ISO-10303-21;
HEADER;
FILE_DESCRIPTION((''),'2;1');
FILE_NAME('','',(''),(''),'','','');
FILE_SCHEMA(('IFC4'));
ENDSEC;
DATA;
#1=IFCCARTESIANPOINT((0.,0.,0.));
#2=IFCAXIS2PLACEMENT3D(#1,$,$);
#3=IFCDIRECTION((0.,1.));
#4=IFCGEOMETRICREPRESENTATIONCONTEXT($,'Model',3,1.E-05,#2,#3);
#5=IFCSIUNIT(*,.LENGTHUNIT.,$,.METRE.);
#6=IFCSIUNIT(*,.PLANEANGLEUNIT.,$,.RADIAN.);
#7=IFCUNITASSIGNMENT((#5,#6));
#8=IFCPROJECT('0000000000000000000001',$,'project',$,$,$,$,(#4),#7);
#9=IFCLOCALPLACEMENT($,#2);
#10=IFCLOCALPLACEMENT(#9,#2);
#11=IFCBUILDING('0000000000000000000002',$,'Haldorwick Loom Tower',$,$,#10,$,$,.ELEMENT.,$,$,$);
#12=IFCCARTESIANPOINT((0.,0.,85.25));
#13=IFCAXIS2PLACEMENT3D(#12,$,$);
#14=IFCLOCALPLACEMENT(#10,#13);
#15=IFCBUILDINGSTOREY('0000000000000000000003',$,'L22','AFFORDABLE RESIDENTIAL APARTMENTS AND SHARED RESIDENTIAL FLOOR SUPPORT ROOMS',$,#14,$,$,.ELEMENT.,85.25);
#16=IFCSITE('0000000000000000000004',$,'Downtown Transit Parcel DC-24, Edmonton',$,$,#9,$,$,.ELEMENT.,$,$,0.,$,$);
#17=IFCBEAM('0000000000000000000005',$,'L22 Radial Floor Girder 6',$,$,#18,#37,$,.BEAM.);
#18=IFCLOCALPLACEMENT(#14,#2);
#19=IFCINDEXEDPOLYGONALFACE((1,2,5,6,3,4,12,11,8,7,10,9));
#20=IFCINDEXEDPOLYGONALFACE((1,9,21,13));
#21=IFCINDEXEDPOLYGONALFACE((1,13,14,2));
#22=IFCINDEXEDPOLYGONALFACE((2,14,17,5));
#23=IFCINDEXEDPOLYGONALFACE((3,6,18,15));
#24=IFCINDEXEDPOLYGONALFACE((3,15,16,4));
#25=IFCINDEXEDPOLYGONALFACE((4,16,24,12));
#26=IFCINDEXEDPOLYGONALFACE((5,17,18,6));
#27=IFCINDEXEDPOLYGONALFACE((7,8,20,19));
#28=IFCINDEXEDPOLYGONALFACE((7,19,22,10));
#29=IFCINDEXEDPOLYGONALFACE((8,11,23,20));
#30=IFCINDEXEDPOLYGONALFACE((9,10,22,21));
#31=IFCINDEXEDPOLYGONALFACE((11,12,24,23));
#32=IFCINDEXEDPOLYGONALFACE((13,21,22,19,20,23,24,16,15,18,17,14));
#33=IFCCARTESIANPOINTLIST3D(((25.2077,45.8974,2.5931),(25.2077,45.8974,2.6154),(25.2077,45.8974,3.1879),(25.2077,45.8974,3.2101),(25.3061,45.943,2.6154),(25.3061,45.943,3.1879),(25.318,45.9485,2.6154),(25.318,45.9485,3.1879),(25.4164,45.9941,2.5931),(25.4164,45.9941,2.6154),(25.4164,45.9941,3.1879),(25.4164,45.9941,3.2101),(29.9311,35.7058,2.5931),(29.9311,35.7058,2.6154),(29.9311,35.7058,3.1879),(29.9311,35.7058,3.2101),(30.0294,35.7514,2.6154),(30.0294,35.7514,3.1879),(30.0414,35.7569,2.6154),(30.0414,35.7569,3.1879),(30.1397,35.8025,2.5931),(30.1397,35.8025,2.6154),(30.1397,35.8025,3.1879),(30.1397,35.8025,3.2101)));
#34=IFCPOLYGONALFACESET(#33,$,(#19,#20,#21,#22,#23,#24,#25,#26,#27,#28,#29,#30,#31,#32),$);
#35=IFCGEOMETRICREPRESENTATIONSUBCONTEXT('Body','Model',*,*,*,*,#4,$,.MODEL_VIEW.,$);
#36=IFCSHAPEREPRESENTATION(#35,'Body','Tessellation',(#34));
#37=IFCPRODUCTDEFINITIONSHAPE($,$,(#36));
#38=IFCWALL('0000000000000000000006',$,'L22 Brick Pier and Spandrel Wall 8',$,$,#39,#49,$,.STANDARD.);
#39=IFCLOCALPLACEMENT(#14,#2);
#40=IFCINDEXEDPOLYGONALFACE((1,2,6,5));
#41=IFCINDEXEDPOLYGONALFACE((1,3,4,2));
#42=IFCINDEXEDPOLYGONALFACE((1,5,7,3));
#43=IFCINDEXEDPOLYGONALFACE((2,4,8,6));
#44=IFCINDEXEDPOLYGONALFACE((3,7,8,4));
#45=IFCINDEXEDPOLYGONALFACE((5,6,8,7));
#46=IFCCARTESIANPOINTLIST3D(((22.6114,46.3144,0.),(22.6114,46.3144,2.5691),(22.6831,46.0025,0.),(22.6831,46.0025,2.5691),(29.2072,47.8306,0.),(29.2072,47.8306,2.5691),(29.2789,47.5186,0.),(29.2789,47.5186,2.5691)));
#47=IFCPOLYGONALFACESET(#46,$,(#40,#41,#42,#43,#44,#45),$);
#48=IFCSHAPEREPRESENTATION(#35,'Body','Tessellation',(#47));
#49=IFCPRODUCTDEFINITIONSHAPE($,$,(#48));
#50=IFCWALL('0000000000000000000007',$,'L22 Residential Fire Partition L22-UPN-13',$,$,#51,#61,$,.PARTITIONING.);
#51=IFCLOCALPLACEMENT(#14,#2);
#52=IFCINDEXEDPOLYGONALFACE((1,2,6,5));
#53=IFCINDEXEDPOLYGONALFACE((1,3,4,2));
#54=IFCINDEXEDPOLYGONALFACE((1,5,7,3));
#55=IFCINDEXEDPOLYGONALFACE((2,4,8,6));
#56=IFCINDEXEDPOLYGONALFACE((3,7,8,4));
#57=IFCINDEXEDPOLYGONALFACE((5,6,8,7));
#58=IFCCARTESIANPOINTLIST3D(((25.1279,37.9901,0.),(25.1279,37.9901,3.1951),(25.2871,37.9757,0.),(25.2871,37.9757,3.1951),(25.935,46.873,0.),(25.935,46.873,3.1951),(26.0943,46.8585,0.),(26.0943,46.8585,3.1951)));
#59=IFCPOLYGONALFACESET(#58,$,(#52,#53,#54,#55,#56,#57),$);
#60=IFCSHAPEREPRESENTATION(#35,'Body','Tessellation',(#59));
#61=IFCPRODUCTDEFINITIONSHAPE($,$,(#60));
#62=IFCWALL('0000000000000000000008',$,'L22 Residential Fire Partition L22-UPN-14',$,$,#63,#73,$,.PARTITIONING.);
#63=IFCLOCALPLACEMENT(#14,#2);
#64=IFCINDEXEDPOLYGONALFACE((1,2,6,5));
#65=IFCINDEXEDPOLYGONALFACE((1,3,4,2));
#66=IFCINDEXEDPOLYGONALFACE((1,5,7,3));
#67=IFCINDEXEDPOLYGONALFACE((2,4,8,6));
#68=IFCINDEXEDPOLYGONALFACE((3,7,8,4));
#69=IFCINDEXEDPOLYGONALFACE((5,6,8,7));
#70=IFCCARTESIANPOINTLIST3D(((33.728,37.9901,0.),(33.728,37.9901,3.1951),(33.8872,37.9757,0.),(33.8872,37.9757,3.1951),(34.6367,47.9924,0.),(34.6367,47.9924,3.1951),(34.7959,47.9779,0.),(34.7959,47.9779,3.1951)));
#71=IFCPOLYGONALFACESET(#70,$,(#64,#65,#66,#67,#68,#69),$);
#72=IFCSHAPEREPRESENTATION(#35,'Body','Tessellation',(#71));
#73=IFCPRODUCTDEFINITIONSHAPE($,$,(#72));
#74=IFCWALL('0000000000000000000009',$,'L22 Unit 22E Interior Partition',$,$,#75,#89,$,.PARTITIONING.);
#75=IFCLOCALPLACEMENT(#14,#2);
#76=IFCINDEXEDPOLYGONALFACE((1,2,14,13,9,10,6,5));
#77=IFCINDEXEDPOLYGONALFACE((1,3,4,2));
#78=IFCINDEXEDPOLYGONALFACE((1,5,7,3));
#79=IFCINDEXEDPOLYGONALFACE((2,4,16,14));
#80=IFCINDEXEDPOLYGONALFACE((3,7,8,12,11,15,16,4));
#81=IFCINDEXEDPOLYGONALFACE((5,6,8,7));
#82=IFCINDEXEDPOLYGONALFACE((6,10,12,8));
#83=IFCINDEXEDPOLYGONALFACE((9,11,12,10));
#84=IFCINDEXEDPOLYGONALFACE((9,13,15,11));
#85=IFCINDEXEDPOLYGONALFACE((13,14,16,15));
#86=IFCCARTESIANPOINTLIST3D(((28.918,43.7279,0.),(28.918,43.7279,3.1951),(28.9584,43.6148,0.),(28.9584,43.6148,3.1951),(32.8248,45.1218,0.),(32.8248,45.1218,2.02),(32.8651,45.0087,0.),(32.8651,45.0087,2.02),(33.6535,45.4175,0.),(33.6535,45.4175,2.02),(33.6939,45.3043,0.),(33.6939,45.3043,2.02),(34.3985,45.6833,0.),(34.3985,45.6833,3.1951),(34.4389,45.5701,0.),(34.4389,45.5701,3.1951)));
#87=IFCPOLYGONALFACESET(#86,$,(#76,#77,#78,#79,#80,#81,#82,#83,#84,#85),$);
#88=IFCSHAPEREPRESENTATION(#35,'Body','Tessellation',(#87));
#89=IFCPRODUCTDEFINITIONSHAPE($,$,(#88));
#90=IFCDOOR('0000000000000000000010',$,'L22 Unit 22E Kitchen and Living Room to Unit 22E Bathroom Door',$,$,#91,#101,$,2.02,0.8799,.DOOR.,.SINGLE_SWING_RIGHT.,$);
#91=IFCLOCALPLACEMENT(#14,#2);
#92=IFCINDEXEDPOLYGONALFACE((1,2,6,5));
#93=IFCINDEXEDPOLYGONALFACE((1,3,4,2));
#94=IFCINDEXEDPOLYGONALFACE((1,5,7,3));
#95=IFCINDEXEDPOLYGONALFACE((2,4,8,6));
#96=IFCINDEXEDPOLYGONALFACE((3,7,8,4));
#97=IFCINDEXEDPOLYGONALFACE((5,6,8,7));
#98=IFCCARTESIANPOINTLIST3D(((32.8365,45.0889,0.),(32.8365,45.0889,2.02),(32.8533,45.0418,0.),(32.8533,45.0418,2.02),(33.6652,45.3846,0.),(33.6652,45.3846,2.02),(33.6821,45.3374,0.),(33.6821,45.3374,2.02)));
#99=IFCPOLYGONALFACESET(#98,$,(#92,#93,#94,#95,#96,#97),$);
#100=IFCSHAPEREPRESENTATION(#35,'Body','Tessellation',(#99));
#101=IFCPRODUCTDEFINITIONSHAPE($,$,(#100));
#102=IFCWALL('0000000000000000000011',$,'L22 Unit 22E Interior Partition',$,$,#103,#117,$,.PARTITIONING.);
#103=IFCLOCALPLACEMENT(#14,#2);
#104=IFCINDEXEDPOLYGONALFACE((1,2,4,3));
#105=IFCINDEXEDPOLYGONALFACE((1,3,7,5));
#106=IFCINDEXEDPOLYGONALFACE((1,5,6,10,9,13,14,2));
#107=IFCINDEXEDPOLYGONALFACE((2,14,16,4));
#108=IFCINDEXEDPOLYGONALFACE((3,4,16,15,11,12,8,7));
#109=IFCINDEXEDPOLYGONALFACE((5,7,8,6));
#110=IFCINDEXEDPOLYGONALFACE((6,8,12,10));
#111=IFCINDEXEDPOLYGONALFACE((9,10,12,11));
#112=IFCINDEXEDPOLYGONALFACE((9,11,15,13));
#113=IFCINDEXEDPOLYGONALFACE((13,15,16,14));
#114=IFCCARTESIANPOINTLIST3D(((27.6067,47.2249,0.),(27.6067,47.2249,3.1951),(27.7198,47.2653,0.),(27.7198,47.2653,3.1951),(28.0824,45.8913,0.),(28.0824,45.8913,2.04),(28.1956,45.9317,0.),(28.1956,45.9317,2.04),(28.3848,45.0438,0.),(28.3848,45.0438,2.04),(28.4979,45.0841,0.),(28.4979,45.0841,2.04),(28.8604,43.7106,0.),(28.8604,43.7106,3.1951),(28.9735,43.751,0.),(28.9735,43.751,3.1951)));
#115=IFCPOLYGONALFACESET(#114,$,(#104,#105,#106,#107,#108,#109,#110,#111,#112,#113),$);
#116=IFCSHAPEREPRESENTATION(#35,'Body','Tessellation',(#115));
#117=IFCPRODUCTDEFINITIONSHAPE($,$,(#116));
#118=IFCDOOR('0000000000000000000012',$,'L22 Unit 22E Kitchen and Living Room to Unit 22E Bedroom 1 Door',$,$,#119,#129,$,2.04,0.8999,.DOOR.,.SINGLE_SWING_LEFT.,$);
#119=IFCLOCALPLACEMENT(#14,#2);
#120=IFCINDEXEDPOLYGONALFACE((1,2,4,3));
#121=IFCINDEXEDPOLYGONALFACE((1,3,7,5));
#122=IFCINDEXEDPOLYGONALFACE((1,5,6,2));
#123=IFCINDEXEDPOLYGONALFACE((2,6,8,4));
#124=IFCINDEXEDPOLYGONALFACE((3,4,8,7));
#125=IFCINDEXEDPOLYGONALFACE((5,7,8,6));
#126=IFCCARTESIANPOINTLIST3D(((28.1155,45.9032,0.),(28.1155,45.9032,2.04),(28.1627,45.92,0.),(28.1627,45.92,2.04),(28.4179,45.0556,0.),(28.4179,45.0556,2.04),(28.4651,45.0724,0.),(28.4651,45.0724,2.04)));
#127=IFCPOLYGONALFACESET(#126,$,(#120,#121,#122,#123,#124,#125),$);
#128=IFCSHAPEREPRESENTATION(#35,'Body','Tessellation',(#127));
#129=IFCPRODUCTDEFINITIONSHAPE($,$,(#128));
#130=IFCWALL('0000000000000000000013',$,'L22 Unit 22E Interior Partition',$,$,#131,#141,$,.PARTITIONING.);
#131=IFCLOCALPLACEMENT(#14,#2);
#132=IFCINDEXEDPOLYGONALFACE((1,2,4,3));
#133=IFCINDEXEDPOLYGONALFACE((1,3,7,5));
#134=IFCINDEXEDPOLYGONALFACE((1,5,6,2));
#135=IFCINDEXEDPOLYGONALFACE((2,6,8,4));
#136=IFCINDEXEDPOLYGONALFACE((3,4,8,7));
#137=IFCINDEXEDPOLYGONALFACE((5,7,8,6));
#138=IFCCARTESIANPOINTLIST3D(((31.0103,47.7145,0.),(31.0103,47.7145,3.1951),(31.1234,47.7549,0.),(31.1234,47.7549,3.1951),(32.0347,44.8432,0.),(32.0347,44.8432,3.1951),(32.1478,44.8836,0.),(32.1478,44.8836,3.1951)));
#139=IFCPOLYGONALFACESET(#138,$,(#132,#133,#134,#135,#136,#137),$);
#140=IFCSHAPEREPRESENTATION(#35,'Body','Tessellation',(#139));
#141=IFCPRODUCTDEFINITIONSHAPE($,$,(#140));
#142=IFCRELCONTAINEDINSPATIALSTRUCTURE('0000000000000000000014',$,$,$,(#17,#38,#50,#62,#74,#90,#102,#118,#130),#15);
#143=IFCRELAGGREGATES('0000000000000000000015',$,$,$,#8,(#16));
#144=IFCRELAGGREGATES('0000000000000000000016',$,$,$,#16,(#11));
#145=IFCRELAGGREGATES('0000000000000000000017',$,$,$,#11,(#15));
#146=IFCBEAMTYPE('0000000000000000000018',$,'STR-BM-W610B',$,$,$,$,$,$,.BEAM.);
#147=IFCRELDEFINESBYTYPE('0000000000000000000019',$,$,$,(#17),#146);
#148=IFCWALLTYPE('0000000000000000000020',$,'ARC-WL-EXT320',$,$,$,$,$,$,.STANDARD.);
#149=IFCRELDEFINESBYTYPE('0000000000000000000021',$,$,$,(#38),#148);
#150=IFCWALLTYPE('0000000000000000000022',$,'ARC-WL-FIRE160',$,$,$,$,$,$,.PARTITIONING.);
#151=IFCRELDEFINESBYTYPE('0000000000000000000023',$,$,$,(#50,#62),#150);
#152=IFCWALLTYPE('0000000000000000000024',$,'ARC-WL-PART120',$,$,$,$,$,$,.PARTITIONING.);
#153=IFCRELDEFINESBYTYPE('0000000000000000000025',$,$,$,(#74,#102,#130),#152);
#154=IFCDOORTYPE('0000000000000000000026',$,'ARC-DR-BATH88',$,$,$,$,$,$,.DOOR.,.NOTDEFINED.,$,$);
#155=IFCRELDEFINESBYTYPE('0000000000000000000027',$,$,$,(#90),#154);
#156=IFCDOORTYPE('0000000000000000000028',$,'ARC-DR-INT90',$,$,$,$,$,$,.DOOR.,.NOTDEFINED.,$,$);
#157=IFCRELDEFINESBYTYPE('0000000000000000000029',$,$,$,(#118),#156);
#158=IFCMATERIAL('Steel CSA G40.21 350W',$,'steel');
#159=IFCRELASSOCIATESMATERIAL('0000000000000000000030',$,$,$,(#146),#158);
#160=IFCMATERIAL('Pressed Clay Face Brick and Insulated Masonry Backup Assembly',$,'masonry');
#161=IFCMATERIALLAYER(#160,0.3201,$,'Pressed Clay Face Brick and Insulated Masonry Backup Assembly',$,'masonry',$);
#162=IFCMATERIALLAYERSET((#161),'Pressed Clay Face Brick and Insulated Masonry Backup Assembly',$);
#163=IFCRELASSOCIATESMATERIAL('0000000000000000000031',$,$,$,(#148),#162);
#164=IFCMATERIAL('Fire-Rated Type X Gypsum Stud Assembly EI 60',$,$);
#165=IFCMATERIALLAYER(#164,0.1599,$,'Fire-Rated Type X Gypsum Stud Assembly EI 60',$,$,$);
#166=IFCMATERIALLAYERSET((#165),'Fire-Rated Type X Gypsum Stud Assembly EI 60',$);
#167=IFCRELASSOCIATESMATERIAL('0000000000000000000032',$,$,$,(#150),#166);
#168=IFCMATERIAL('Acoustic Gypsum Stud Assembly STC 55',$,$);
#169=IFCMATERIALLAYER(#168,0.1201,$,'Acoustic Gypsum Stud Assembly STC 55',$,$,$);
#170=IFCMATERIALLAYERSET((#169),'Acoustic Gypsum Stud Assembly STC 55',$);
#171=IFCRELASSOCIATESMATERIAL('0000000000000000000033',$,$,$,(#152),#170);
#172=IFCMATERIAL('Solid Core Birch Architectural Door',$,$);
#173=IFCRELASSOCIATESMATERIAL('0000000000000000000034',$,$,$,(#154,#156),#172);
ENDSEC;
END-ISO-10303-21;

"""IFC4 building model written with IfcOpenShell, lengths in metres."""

from ifc_helpers import new_model, si_unit, direction, frame, frame_2d, origin, origin_2d, place, context, subcontext, project, spatial, rectangle, i_section, extrude, material, layer, layer_set, material_profile, profile_set, type_object, element, fill, save


model = new_model("IFC4")

# Units and contexts
model_context = context("Model", 3, precision=1e-05, world=origin(), true_north=direction((0.0, 1.0)))
body_context = subcontext(model_context, "Body", "Model", "MODEL_VIEW")
ifc_project = project(units=[si_unit("LENGTHUNIT", "METRE"), si_unit("PLANEANGLEUNIT", "RADIAN")], contexts=[model_context])

# Site, building, storey
site_placement = place(None, origin())
site = spatial("IfcSite", under=ifc_project, at=site_placement, Name="Downtown Transit Parcel DC-24, Edmonton", CompositionType="ELEMENT", RefElevation=0.0)
building_placement = place(site_placement, origin())
building = spatial("IfcBuilding", under=site, at=building_placement, Name="Haldorwick Loom Tower", CompositionType="ELEMENT")
storey_placement = place(building_placement, frame((0.0, 0.0, 85.25)))
storey = spatial("IfcBuildingStorey", under=building, at=storey_placement, Name="L22", Description="AFFORDABLE RESIDENTIAL APARTMENTS AND SHARED RESIDENTIAL FLOOR SUPPORT ROOMS", CompositionType="ELEMENT", Elevation=85.25)

# Beam
ifc_material_1 = material(Name="Steel CSA G40.21 350W", Category="steel")
ifc_material_profile_1 = material_profile(ifc_material_1, i_section(OverallWidth=0.23, OverallDepth=0.6169, WebThickness=0.0132, FlangeThickness=0.0222, at=origin_2d()), Name="W610X140", Category="steel")
ifc_profile_set_1 = profile_set([ifc_material_profile_1], Name="Steel CSA G40.21 350W")
beam_type_1 = type_object("IfcBeamType", Name="STR-BM-W610B", PredefinedType="BEAM", material=ifc_profile_set_1)
beam_1_placement = place(storey_placement, frame((30.0354, 35.7542, 2.9016), z_axis=(-0.420492, 0.907296, 0.0), x_axis=(-0.907296, -0.420492, 0.0)))
element("IfcBeam", 1, at=beam_1_placement, inside=storey, type_object=beam_type_1, Name="L22 Radial Floor Girder 6", PredefinedType="BEAM", context=body_context, shape_type="SweptSolid", body=[
    extrude(i_section(OverallWidth=0.23, OverallDepth=0.6169, WebThickness=0.0132, FlangeThickness=0.0222, at=origin_2d()), origin(), (0.0, 0.0, 1.0), 11.2329),
])

# Walls
ifc_material_2 = material(Name="Pressed Clay Face Brick and Insulated Masonry Backup Assembly", Category="masonry")
ifc_layer_1 = layer(ifc_material_2, 0.3201, Name="Pressed Clay Face Brick and Insulated Masonry Backup Assembly", Category="masonry")
ifc_layer_set_1 = layer_set([ifc_layer_1], Name="Pressed Clay Face Brick and Insulated Masonry Backup Assembly")
wall_type_1 = type_object("IfcWallType", Name="ARC-WL-EXT320", PredefinedType="STANDARD", material=ifc_layer_set_1)
wall_1_placement = place(storey_placement, frame((29.2429, 47.6746, 0.0), z_axis=(0.0, 0.0, 1.0), x_axis=(-0.974584, -0.224022, 0.0)))
element("IfcWall", 2, at=wall_1_placement, inside=storey, type_object=wall_type_1, Name="L22 Brick Pier and Spandrel Wall 8", PredefinedType="STANDARD", context=body_context, shape_type="SweptSolid", body=[
    extrude(rectangle(XDim=6.7678, YDim=0.3201, at=frame_2d((3.3838, 0.0))), origin(), (0.0, 0.0, 1.0), 2.5691),
])
ifc_material_3 = material(Name="Fire-Rated Type X Gypsum Stud Assembly EI 60")
ifc_layer_2 = layer(ifc_material_3, 0.1599, Name="Fire-Rated Type X Gypsum Stud Assembly EI 60")
ifc_layer_set_2 = layer_set([ifc_layer_2], Name="Fire-Rated Type X Gypsum Stud Assembly EI 60")
wall_type_2 = type_object("IfcWallType", Name="ARC-WL-FIRE160", PredefinedType="PARTITIONING", material=ifc_layer_set_2)
wall_2_placement = place(storey_placement, frame((25.2075, 37.9829, 0.0), z_axis=(0.0, 0.0, 1.0), x_axis=(0.090491, 0.995897, 0.0)))
element("IfcWall", 3, at=wall_2_placement, inside=storey, type_object=wall_type_2, Name="L22 Residential Fire Partition L22-UPN-13", PredefinedType="PARTITIONING", context=body_context, shape_type="SweptSolid", body=[
    extrude(rectangle(XDim=8.9194, YDim=0.1599, at=frame_2d((4.4597, 0.0))), origin(), (0.0, 0.0, 1.0), 3.1951),
])
wall_3_placement = place(storey_placement, frame((33.8076, 37.9829, 0.0), z_axis=(0.0, 0.0, 1.0), x_axis=(0.090477, 0.995899, 0.0)))
element("IfcWall", 4, at=wall_3_placement, inside=storey, type_object=wall_type_2, Name="L22 Residential Fire Partition L22-UPN-14", PredefinedType="PARTITIONING", context=body_context, shape_type="SweptSolid", body=[
    extrude(rectangle(XDim=10.0435, YDim=0.1599, at=frame_2d((5.0217, 0.0))), origin(), (0.0, 0.0, 1.0), 3.1951),
])

# Walls, openings, doors
ifc_material_4 = material(Name="Acoustic Gypsum Stud Assembly STC 55")
ifc_layer_3 = layer(ifc_material_4, 0.1201, Name="Acoustic Gypsum Stud Assembly STC 55")
ifc_layer_set_3 = layer_set([ifc_layer_3], Name="Acoustic Gypsum Stud Assembly STC 55")
wall_type_3 = type_object("IfcWallType", Name="ARC-WL-PART120", PredefinedType="PARTITIONING", material=ifc_layer_set_3)
wall_4_placement = place(storey_placement, frame((34.4187, 45.6267, 0.0), z_axis=(0.0, 0.0, 1.0), x_axis=(-0.94185, -0.336033, 0.0)))
wall_4 = element("IfcWall", 5, at=wall_4_placement, inside=storey, type_object=wall_type_3, Name="L22 Unit 22E Interior Partition", PredefinedType="PARTITIONING", context=body_context, shape_type="SweptSolid", body=[
    extrude(rectangle(XDim=5.8188, YDim=0.1201, at=frame_2d((2.9094, 0.0))), origin(), (0.0, 0.0, 1.0), 3.1951),
])
opening_1_placement = place(wall_4_placement, frame((0.791, 0.0, 0.0)))
opening_1 = element("IfcOpeningElement", 6, at=opening_1_placement, cuts=wall_4, PredefinedType="OPENING", context=body_context, shape_type="SweptSolid", body=[
    extrude(rectangle(XDim=0.8799, YDim=2.02, at=frame_2d((0.4399, 1.01))), frame((0.0, 0.0701, 0.0), z_axis=(0.0, -1.0, 0.0), x_axis=(1.0, 0.0, 0.0)), (0.0, 0.0, 1.0), 0.1401),
])
ifc_material_5 = material(Name="Solid Core Birch Architectural Door")
door_type_1 = type_object("IfcDoorType", Name="ARC-DR-BATH88", OperationType="NOTDEFINED", PredefinedType="DOOR", material=ifc_material_5)
door_1_placement = place(opening_1_placement, origin())
door_1 = element("IfcDoor", 7, at=door_1_placement, inside=storey, type_object=door_type_1, Name="L22 Unit 22E Kitchen and Living Room to Unit 22E Bathroom Door", OperationType="SINGLE_SWING_RIGHT", OverallHeight=2.02, OverallWidth=0.8799, PredefinedType="DOOR", context=body_context, shape_type="SweptSolid", body=[
    extrude(rectangle(XDim=0.8799, YDim=2.02, at=frame_2d((0.4399, 1.01))), frame((0.0, 0.0249, 0.0), z_axis=(0.0, -1.0, 0.0), x_axis=(1.0, 0.0, 0.0)), (0.0, 0.0, 1.0), 0.05),
])
fill(opening_1, door_1)
wall_5_placement = place(storey_placement, frame((28.917, 43.7307, 0.0), z_axis=(0.0, 0.0, 1.0), x_axis=(-0.336005, 0.94186, 0.0)))
wall_5 = element("IfcWall", 8, at=wall_5_placement, inside=storey, type_object=wall_type_3, Name="L22 Unit 22E Interior Partition", PredefinedType="PARTITIONING", context=body_context, shape_type="SweptSolid", body=[
    extrude(rectangle(XDim=3.7312, YDim=0.1201, at=frame_2d((1.8657, 0.0))), origin(), (0.0, 0.0, 1.0), 3.1951),
])
opening_2_placement = place(wall_5_placement, frame((1.4155, 0.0, 0.0)))
opening_2 = element("IfcOpeningElement", 9, at=opening_2_placement, cuts=wall_5, PredefinedType="OPENING", context=body_context, shape_type="SweptSolid", body=[
    extrude(rectangle(XDim=0.8999, YDim=2.04, at=frame_2d((0.45, 1.02))), frame((0.0, 0.0701, 0.0), z_axis=(0.0, -1.0, 0.0), x_axis=(1.0, 0.0, 0.0)), (0.0, 0.0, 1.0), 0.1401),
])
door_type_2 = type_object("IfcDoorType", Name="ARC-DR-INT90", OperationType="NOTDEFINED", PredefinedType="DOOR", material=ifc_material_5)
door_2_placement = place(opening_2_placement, origin())
door_2 = element("IfcDoor", 10, at=door_2_placement, inside=storey, type_object=door_type_2, Name="L22 Unit 22E Kitchen and Living Room to Unit 22E Bedroom 1 Door", OperationType="SINGLE_SWING_LEFT", OverallHeight=2.04, OverallWidth=0.8999, PredefinedType="DOOR", context=body_context, shape_type="SweptSolid", body=[
    extrude(rectangle(XDim=0.8999, YDim=2.04, at=frame_2d((0.45, 1.02))), frame((0.0, 0.0249, 0.0), z_axis=(0.0, -1.0, 0.0), x_axis=(1.0, 0.0, 0.0)), (0.0, 0.0, 1.0), 0.05),
])
fill(opening_2, door_2)

# Wall
wall_6_placement = place(storey_placement, frame((32.0913, 44.8633, 0.0), z_axis=(0.0, 0.0, 1.0), x_axis=(-0.336027, 0.941852, 0.0)))
element("IfcWall", 11, at=wall_6_placement, inside=storey, type_object=wall_type_3, Name="L22 Unit 22E Interior Partition", PredefinedType="PARTITIONING", context=body_context, shape_type="SweptSolid", body=[
    extrude(rectangle(XDim=3.0486, YDim=0.1201, at=frame_2d((1.5244, 0.0))), origin(), (0.0, 0.0, 1.0), 3.1951),
])

save(model, "model.ifc")
